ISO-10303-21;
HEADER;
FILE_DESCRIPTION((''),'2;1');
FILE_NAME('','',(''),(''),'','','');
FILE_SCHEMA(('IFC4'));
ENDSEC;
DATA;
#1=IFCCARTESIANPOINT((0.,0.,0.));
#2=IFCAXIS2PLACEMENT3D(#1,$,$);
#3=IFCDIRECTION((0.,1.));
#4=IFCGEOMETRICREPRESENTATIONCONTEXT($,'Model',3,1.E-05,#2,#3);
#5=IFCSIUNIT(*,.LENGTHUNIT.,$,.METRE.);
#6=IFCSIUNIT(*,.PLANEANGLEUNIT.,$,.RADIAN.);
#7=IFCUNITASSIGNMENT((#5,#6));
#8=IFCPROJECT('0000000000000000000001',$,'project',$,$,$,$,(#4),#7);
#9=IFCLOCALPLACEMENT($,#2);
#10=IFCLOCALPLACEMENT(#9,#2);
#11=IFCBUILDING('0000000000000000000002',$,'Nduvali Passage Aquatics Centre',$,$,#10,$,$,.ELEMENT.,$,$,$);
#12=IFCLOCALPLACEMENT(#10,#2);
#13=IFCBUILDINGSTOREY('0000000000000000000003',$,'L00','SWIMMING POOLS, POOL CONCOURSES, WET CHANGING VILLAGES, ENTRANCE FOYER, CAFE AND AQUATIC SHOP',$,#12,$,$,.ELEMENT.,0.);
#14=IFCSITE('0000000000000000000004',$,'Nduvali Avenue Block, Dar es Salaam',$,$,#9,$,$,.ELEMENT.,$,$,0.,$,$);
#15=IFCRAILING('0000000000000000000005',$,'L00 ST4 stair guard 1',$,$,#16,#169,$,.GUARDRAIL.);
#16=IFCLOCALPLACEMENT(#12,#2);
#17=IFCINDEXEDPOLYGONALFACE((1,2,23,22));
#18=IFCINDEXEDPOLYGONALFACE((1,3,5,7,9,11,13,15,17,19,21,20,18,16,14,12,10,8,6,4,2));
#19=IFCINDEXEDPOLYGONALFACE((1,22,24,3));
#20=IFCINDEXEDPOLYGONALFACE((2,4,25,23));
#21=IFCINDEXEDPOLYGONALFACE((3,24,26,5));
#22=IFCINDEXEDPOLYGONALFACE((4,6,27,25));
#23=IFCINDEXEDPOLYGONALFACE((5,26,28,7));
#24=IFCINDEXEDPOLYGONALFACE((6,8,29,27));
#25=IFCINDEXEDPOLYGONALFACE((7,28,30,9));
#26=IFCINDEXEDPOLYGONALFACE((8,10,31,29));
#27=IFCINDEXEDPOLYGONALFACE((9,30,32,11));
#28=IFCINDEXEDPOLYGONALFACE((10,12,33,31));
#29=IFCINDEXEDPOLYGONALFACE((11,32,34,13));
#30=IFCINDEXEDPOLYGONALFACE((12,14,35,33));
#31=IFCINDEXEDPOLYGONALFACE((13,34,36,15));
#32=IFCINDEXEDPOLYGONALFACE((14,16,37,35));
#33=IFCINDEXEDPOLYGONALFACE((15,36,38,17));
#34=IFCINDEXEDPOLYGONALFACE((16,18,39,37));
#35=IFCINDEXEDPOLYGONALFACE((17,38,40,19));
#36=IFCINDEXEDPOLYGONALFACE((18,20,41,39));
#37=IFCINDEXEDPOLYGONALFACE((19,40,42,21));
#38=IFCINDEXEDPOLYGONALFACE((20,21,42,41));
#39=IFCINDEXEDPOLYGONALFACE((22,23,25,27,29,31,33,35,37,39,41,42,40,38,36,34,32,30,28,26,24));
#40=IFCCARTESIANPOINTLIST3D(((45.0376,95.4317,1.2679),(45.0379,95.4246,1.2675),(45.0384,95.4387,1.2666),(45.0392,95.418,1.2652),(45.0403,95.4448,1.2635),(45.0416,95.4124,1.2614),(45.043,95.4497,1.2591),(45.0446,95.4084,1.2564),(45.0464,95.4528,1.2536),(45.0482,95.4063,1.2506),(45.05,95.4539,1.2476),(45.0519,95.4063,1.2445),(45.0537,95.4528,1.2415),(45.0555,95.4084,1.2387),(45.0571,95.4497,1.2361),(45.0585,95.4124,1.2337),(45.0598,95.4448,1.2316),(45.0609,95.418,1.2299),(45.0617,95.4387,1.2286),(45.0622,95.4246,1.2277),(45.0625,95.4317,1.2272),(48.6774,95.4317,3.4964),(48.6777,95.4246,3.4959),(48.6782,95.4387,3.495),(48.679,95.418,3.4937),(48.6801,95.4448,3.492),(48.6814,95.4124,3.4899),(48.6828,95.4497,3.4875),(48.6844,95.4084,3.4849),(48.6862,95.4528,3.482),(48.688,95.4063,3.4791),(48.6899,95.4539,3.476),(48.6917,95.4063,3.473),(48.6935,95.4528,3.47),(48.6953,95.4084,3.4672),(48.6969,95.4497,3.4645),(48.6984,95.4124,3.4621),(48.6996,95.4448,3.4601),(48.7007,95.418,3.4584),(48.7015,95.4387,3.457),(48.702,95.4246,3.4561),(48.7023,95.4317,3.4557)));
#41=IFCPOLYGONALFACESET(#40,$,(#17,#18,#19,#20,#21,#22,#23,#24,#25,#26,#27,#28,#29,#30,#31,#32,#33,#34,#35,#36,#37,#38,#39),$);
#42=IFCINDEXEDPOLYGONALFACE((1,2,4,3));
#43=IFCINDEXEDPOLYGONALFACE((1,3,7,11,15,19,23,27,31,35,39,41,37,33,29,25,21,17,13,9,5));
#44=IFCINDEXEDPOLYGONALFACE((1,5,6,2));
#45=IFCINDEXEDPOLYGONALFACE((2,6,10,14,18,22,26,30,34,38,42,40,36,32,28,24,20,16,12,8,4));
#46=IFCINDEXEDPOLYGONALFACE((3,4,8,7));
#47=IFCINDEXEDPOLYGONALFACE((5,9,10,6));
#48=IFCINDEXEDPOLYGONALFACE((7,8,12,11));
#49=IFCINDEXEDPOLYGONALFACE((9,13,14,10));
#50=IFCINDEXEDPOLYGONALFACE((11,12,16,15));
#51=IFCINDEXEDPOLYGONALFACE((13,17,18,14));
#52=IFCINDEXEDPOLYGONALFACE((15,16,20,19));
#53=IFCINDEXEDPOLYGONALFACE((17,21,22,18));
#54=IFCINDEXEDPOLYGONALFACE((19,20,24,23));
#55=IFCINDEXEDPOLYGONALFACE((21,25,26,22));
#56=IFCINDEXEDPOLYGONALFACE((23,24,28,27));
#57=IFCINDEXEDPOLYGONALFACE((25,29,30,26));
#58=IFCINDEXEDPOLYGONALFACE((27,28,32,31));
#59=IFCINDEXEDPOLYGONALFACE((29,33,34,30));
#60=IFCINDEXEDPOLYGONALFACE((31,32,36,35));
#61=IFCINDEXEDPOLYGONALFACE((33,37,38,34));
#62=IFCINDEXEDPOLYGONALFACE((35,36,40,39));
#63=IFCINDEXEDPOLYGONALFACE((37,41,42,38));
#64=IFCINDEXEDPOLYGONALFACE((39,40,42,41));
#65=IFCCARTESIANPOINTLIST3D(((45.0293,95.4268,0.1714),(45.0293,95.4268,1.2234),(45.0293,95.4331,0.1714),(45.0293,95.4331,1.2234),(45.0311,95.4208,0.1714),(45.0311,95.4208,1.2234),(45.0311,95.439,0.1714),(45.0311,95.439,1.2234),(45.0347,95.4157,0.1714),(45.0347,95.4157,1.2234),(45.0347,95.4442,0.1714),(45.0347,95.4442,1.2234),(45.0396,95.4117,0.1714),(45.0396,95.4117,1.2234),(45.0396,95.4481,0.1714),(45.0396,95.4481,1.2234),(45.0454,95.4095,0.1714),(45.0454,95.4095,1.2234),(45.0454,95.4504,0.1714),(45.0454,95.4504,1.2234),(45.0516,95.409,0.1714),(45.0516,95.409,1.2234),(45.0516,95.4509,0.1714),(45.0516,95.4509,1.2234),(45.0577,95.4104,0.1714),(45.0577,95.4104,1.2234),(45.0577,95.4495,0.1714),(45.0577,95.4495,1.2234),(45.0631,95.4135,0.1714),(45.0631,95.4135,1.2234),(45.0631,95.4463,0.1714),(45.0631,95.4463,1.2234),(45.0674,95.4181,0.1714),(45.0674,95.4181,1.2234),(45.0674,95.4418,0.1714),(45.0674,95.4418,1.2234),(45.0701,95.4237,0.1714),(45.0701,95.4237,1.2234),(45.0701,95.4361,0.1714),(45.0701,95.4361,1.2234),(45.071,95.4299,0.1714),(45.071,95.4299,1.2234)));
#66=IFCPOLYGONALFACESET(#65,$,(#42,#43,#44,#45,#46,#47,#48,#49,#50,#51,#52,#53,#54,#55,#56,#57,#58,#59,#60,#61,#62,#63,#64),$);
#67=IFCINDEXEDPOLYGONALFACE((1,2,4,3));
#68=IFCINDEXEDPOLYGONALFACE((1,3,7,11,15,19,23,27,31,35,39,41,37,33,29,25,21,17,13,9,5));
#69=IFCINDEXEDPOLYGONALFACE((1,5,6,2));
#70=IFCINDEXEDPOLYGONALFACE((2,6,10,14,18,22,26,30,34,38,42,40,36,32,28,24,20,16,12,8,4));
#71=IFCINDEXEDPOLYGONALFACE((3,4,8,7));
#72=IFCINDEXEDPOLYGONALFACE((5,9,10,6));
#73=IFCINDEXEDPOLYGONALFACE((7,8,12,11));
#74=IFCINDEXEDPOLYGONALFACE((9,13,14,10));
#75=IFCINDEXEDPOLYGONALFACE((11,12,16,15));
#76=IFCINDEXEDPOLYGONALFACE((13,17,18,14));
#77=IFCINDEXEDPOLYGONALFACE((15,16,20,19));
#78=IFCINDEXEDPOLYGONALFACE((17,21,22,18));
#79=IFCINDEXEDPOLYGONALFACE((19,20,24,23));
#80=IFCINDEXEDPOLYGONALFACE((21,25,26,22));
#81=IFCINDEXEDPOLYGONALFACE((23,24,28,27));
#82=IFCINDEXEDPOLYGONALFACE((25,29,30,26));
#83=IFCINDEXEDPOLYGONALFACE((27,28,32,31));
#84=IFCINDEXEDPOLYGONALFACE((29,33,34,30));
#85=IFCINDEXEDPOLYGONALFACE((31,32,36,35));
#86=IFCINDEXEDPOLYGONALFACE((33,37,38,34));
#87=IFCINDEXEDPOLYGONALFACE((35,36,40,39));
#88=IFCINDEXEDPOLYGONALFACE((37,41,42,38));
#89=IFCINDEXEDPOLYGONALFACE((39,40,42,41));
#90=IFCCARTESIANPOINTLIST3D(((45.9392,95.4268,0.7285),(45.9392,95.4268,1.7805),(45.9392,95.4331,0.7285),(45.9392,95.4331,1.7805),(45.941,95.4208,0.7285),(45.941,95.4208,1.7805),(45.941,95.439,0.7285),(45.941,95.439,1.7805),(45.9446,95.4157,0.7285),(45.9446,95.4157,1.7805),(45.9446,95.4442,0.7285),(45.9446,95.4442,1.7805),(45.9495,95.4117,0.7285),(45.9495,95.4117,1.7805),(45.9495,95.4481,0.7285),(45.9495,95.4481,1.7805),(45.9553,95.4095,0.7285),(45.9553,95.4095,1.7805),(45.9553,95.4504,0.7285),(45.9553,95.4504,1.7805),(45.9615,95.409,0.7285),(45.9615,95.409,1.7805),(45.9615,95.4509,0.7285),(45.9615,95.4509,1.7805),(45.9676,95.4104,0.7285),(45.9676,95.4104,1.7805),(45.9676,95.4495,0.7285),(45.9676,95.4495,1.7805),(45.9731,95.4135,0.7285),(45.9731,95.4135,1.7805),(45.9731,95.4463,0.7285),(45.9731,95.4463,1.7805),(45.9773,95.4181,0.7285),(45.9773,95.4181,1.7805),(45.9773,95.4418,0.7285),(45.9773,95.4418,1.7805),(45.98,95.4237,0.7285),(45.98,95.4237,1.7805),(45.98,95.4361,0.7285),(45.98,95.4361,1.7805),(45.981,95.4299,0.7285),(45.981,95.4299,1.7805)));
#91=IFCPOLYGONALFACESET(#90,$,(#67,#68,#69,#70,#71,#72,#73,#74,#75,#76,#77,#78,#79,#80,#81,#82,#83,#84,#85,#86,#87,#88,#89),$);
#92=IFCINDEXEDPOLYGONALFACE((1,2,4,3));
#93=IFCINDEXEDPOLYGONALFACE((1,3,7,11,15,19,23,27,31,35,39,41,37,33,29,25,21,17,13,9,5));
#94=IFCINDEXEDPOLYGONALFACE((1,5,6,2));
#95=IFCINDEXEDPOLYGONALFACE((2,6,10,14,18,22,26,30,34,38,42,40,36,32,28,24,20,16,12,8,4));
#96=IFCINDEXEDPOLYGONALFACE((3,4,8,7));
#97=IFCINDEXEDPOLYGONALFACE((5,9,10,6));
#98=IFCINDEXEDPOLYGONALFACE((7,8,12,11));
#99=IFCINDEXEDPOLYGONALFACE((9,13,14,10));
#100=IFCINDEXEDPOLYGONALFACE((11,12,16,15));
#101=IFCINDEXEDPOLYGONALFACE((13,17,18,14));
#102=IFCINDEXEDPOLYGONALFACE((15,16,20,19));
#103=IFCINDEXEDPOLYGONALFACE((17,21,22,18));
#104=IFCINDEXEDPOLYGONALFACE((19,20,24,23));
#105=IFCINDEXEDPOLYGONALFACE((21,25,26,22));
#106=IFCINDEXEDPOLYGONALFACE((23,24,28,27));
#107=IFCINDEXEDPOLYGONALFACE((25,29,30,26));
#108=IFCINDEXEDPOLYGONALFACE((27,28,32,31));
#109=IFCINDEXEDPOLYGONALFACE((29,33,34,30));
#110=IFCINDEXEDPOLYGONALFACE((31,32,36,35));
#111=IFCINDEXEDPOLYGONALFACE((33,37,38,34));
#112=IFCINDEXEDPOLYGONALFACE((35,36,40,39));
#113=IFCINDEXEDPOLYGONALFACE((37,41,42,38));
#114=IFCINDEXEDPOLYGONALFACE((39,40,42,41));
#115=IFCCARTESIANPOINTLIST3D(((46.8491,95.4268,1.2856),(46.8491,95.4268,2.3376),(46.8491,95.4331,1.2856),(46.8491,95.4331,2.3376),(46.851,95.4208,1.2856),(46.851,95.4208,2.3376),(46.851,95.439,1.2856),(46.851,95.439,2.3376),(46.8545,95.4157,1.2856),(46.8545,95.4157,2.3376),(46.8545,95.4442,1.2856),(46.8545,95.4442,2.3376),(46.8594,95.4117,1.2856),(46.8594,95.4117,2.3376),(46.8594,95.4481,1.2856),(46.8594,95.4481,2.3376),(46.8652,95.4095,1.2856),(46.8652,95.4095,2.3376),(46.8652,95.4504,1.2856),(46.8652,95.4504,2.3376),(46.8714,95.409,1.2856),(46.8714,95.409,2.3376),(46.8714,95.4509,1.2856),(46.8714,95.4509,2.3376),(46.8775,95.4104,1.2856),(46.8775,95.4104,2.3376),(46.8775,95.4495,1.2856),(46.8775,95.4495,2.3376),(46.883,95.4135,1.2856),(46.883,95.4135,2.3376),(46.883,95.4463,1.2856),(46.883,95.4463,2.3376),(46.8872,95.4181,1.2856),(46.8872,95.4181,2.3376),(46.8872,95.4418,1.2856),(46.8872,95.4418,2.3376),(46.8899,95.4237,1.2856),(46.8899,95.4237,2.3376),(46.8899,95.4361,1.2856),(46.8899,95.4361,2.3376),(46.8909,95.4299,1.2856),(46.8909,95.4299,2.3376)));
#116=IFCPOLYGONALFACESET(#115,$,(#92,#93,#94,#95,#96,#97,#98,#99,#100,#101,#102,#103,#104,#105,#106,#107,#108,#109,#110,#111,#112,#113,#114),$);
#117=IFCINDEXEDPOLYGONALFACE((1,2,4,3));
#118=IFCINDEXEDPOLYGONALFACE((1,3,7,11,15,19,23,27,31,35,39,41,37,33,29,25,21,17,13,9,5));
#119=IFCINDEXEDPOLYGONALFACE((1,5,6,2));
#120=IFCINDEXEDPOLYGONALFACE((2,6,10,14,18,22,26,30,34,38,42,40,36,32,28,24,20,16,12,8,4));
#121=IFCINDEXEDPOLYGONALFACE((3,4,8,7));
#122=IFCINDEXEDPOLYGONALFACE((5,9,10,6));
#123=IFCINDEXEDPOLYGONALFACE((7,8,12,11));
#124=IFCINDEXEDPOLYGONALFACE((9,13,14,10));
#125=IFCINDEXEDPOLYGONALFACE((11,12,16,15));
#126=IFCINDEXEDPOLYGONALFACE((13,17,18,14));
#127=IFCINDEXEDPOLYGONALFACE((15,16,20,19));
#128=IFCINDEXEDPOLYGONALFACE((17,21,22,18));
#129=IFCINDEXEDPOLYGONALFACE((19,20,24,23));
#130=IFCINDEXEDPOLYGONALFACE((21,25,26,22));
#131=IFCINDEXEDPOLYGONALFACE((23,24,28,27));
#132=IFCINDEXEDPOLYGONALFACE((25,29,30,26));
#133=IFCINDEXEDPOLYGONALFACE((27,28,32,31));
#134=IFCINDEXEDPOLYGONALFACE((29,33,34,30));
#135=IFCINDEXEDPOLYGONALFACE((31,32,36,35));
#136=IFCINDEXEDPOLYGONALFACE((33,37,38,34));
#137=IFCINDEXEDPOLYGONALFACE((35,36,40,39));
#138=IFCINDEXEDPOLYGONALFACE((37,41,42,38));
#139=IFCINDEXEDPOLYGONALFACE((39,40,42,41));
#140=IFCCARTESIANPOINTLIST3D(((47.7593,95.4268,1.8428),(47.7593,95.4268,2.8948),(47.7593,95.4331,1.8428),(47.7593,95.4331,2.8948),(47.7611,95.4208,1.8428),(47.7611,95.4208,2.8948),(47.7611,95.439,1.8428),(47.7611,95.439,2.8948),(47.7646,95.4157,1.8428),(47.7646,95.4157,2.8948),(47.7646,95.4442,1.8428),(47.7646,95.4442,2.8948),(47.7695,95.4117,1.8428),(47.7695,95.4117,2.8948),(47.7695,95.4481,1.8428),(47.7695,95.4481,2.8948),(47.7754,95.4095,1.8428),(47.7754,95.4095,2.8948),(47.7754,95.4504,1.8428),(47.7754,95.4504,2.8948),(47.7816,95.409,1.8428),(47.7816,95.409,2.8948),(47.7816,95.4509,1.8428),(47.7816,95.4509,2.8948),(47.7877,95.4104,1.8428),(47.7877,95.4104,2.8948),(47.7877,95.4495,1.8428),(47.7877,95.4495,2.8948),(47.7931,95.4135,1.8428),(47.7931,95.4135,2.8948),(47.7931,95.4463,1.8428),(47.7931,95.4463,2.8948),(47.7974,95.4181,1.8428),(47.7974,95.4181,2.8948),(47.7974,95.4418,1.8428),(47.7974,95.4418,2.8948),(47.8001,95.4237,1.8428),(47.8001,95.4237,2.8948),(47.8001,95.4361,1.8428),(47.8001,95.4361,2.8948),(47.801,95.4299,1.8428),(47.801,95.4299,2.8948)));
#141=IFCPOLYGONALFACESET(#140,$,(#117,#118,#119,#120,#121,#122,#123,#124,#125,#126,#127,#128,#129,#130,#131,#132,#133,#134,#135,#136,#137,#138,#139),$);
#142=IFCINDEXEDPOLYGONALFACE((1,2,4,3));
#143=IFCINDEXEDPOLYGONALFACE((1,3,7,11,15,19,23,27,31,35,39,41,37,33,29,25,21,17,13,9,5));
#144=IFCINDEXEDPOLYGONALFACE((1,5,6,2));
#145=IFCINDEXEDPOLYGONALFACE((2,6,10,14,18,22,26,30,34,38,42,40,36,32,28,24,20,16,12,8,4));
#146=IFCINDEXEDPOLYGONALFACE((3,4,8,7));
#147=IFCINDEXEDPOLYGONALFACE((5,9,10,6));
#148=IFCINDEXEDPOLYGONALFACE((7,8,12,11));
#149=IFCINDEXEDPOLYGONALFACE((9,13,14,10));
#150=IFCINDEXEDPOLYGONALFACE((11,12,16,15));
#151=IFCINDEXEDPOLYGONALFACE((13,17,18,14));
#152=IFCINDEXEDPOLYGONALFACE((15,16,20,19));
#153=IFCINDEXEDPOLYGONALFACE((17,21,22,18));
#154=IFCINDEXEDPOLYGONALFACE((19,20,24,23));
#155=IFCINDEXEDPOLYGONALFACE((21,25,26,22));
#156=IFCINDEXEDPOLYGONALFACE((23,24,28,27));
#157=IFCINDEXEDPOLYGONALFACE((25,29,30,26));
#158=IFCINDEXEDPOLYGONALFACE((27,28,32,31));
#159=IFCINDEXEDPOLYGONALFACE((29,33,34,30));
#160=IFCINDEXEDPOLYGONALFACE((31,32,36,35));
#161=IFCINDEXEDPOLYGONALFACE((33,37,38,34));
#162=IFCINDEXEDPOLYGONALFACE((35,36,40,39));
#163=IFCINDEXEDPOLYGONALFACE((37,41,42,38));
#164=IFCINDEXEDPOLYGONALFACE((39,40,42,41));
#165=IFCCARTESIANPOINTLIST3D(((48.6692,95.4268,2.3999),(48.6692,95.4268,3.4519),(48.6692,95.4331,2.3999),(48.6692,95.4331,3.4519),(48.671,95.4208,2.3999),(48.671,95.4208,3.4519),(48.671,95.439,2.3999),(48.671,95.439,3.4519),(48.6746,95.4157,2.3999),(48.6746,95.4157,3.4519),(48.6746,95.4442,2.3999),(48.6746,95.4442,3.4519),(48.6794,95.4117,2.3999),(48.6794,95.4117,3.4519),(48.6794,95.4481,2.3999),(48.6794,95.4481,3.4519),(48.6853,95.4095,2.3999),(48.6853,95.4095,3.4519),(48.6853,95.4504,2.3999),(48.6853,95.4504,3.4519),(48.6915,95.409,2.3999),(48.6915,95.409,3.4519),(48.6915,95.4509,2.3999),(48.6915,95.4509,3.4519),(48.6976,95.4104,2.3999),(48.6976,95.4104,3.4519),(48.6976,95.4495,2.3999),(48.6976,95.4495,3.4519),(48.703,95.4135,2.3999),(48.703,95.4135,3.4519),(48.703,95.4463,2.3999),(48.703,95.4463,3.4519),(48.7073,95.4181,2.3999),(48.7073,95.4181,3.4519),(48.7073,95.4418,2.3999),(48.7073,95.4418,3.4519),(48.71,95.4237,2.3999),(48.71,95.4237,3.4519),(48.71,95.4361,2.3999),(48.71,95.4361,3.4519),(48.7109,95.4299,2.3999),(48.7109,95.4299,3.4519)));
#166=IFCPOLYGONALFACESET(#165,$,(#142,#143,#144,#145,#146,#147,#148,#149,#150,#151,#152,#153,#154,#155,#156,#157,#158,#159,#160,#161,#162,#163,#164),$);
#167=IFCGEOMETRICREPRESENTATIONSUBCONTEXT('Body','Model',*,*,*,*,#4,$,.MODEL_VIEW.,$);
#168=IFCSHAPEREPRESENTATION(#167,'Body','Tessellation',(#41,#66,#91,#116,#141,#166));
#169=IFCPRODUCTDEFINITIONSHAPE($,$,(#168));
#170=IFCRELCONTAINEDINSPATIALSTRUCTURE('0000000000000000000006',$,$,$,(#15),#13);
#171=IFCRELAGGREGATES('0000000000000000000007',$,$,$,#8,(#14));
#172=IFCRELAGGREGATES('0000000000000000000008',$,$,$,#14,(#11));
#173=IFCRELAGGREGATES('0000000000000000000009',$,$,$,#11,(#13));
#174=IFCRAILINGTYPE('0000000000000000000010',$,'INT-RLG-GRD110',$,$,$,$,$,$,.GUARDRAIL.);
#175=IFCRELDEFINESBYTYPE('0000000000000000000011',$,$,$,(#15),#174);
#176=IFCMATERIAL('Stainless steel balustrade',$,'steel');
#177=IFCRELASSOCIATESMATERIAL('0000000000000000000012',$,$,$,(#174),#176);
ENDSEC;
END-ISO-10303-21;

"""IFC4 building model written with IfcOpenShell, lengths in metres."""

from ifc_helpers import new_model, si_unit, direction, frame, origin, origin_2d, place, context, subcontext, project, spatial, circle, extrude, material, type_object, element, save


model = new_model("IFC4")

# Units and contexts
model_context = context("Model", 3, precision=1e-05, world=origin(), true_north=direction((0.0, 1.0)))
body_context = subcontext(model_context, "Body", "Model", "MODEL_VIEW")
ifc_project = project(units=[si_unit("LENGTHUNIT", "METRE"), si_unit("PLANEANGLEUNIT", "RADIAN")], contexts=[model_context])

# Site, building, storey
site_placement = place(None, origin())
site = spatial("IfcSite", under=ifc_project, at=site_placement, Name="Nduvali Avenue Block, Dar es Salaam", CompositionType="ELEMENT", RefElevation=0.0)
building_placement = place(site_placement, origin())
building = spatial("IfcBuilding", under=site, at=building_placement, Name="Nduvali Passage Aquatics Centre", CompositionType="ELEMENT")
storey_placement = place(building_placement, origin())
storey = spatial("IfcBuildingStorey", under=building, at=storey_placement, Name="L00", Description="SWIMMING POOLS, POOL CONCOURSES, WET CHANGING VILLAGES, ENTRANCE FOYER, CAFE AND AQUATIC SHOP", CompositionType="ELEMENT", Elevation=0.0)

# Railing
ifc_material_1 = material(Name="Stainless steel balustrade", Category="steel")
railing_type = type_object("IfcRailingType", Name="INT-RLG-GRD110", PredefinedType="GUARDRAIL", material=ifc_material_1)
railing_1_placement = place(storey_placement, frame((45.05, 95.4299, 0.1714)))
element("IfcRailing", 1, at=railing_1_placement, inside=storey, type_object=railing_type, Name="L00 ST4 stair guard 1", PredefinedType="GUARDRAIL", context=body_context, shape_type="SweptSolid", body=[
    extrude(circle(Radius=0.0239, at=origin_2d()), frame((0.0, 0.0, 1.0762), z_axis=(0.85285, 0.0, 0.522156), x_axis=(0.0, 1.0, 0.0)), (0.0, 0.0, 1.0), 4.2678),
    extrude(circle(Radius=0.021, at=origin_2d()), origin(), (0.0, 0.0, 1.0), 1.052),
    extrude(circle(Radius=0.021, at=origin_2d()), frame((0.9099, 0.0, 0.5571)), (0.0, 0.0, 1.0), 1.052),
    extrude(circle(Radius=0.021, at=origin_2d()), frame((1.8198, 0.0, 1.1143)), (0.0, 0.0, 1.0), 1.052),
    extrude(circle(Radius=0.021, at=origin_2d()), frame((2.73, 0.0, 1.6714)), (0.0, 0.0, 1.0), 1.052),
    extrude(circle(Radius=0.021, at=origin_2d()), frame((3.6399, 0.0, 2.2285)), (0.0, 0.0, 1.0), 1.052),
])

save(model, "model.ifc")
